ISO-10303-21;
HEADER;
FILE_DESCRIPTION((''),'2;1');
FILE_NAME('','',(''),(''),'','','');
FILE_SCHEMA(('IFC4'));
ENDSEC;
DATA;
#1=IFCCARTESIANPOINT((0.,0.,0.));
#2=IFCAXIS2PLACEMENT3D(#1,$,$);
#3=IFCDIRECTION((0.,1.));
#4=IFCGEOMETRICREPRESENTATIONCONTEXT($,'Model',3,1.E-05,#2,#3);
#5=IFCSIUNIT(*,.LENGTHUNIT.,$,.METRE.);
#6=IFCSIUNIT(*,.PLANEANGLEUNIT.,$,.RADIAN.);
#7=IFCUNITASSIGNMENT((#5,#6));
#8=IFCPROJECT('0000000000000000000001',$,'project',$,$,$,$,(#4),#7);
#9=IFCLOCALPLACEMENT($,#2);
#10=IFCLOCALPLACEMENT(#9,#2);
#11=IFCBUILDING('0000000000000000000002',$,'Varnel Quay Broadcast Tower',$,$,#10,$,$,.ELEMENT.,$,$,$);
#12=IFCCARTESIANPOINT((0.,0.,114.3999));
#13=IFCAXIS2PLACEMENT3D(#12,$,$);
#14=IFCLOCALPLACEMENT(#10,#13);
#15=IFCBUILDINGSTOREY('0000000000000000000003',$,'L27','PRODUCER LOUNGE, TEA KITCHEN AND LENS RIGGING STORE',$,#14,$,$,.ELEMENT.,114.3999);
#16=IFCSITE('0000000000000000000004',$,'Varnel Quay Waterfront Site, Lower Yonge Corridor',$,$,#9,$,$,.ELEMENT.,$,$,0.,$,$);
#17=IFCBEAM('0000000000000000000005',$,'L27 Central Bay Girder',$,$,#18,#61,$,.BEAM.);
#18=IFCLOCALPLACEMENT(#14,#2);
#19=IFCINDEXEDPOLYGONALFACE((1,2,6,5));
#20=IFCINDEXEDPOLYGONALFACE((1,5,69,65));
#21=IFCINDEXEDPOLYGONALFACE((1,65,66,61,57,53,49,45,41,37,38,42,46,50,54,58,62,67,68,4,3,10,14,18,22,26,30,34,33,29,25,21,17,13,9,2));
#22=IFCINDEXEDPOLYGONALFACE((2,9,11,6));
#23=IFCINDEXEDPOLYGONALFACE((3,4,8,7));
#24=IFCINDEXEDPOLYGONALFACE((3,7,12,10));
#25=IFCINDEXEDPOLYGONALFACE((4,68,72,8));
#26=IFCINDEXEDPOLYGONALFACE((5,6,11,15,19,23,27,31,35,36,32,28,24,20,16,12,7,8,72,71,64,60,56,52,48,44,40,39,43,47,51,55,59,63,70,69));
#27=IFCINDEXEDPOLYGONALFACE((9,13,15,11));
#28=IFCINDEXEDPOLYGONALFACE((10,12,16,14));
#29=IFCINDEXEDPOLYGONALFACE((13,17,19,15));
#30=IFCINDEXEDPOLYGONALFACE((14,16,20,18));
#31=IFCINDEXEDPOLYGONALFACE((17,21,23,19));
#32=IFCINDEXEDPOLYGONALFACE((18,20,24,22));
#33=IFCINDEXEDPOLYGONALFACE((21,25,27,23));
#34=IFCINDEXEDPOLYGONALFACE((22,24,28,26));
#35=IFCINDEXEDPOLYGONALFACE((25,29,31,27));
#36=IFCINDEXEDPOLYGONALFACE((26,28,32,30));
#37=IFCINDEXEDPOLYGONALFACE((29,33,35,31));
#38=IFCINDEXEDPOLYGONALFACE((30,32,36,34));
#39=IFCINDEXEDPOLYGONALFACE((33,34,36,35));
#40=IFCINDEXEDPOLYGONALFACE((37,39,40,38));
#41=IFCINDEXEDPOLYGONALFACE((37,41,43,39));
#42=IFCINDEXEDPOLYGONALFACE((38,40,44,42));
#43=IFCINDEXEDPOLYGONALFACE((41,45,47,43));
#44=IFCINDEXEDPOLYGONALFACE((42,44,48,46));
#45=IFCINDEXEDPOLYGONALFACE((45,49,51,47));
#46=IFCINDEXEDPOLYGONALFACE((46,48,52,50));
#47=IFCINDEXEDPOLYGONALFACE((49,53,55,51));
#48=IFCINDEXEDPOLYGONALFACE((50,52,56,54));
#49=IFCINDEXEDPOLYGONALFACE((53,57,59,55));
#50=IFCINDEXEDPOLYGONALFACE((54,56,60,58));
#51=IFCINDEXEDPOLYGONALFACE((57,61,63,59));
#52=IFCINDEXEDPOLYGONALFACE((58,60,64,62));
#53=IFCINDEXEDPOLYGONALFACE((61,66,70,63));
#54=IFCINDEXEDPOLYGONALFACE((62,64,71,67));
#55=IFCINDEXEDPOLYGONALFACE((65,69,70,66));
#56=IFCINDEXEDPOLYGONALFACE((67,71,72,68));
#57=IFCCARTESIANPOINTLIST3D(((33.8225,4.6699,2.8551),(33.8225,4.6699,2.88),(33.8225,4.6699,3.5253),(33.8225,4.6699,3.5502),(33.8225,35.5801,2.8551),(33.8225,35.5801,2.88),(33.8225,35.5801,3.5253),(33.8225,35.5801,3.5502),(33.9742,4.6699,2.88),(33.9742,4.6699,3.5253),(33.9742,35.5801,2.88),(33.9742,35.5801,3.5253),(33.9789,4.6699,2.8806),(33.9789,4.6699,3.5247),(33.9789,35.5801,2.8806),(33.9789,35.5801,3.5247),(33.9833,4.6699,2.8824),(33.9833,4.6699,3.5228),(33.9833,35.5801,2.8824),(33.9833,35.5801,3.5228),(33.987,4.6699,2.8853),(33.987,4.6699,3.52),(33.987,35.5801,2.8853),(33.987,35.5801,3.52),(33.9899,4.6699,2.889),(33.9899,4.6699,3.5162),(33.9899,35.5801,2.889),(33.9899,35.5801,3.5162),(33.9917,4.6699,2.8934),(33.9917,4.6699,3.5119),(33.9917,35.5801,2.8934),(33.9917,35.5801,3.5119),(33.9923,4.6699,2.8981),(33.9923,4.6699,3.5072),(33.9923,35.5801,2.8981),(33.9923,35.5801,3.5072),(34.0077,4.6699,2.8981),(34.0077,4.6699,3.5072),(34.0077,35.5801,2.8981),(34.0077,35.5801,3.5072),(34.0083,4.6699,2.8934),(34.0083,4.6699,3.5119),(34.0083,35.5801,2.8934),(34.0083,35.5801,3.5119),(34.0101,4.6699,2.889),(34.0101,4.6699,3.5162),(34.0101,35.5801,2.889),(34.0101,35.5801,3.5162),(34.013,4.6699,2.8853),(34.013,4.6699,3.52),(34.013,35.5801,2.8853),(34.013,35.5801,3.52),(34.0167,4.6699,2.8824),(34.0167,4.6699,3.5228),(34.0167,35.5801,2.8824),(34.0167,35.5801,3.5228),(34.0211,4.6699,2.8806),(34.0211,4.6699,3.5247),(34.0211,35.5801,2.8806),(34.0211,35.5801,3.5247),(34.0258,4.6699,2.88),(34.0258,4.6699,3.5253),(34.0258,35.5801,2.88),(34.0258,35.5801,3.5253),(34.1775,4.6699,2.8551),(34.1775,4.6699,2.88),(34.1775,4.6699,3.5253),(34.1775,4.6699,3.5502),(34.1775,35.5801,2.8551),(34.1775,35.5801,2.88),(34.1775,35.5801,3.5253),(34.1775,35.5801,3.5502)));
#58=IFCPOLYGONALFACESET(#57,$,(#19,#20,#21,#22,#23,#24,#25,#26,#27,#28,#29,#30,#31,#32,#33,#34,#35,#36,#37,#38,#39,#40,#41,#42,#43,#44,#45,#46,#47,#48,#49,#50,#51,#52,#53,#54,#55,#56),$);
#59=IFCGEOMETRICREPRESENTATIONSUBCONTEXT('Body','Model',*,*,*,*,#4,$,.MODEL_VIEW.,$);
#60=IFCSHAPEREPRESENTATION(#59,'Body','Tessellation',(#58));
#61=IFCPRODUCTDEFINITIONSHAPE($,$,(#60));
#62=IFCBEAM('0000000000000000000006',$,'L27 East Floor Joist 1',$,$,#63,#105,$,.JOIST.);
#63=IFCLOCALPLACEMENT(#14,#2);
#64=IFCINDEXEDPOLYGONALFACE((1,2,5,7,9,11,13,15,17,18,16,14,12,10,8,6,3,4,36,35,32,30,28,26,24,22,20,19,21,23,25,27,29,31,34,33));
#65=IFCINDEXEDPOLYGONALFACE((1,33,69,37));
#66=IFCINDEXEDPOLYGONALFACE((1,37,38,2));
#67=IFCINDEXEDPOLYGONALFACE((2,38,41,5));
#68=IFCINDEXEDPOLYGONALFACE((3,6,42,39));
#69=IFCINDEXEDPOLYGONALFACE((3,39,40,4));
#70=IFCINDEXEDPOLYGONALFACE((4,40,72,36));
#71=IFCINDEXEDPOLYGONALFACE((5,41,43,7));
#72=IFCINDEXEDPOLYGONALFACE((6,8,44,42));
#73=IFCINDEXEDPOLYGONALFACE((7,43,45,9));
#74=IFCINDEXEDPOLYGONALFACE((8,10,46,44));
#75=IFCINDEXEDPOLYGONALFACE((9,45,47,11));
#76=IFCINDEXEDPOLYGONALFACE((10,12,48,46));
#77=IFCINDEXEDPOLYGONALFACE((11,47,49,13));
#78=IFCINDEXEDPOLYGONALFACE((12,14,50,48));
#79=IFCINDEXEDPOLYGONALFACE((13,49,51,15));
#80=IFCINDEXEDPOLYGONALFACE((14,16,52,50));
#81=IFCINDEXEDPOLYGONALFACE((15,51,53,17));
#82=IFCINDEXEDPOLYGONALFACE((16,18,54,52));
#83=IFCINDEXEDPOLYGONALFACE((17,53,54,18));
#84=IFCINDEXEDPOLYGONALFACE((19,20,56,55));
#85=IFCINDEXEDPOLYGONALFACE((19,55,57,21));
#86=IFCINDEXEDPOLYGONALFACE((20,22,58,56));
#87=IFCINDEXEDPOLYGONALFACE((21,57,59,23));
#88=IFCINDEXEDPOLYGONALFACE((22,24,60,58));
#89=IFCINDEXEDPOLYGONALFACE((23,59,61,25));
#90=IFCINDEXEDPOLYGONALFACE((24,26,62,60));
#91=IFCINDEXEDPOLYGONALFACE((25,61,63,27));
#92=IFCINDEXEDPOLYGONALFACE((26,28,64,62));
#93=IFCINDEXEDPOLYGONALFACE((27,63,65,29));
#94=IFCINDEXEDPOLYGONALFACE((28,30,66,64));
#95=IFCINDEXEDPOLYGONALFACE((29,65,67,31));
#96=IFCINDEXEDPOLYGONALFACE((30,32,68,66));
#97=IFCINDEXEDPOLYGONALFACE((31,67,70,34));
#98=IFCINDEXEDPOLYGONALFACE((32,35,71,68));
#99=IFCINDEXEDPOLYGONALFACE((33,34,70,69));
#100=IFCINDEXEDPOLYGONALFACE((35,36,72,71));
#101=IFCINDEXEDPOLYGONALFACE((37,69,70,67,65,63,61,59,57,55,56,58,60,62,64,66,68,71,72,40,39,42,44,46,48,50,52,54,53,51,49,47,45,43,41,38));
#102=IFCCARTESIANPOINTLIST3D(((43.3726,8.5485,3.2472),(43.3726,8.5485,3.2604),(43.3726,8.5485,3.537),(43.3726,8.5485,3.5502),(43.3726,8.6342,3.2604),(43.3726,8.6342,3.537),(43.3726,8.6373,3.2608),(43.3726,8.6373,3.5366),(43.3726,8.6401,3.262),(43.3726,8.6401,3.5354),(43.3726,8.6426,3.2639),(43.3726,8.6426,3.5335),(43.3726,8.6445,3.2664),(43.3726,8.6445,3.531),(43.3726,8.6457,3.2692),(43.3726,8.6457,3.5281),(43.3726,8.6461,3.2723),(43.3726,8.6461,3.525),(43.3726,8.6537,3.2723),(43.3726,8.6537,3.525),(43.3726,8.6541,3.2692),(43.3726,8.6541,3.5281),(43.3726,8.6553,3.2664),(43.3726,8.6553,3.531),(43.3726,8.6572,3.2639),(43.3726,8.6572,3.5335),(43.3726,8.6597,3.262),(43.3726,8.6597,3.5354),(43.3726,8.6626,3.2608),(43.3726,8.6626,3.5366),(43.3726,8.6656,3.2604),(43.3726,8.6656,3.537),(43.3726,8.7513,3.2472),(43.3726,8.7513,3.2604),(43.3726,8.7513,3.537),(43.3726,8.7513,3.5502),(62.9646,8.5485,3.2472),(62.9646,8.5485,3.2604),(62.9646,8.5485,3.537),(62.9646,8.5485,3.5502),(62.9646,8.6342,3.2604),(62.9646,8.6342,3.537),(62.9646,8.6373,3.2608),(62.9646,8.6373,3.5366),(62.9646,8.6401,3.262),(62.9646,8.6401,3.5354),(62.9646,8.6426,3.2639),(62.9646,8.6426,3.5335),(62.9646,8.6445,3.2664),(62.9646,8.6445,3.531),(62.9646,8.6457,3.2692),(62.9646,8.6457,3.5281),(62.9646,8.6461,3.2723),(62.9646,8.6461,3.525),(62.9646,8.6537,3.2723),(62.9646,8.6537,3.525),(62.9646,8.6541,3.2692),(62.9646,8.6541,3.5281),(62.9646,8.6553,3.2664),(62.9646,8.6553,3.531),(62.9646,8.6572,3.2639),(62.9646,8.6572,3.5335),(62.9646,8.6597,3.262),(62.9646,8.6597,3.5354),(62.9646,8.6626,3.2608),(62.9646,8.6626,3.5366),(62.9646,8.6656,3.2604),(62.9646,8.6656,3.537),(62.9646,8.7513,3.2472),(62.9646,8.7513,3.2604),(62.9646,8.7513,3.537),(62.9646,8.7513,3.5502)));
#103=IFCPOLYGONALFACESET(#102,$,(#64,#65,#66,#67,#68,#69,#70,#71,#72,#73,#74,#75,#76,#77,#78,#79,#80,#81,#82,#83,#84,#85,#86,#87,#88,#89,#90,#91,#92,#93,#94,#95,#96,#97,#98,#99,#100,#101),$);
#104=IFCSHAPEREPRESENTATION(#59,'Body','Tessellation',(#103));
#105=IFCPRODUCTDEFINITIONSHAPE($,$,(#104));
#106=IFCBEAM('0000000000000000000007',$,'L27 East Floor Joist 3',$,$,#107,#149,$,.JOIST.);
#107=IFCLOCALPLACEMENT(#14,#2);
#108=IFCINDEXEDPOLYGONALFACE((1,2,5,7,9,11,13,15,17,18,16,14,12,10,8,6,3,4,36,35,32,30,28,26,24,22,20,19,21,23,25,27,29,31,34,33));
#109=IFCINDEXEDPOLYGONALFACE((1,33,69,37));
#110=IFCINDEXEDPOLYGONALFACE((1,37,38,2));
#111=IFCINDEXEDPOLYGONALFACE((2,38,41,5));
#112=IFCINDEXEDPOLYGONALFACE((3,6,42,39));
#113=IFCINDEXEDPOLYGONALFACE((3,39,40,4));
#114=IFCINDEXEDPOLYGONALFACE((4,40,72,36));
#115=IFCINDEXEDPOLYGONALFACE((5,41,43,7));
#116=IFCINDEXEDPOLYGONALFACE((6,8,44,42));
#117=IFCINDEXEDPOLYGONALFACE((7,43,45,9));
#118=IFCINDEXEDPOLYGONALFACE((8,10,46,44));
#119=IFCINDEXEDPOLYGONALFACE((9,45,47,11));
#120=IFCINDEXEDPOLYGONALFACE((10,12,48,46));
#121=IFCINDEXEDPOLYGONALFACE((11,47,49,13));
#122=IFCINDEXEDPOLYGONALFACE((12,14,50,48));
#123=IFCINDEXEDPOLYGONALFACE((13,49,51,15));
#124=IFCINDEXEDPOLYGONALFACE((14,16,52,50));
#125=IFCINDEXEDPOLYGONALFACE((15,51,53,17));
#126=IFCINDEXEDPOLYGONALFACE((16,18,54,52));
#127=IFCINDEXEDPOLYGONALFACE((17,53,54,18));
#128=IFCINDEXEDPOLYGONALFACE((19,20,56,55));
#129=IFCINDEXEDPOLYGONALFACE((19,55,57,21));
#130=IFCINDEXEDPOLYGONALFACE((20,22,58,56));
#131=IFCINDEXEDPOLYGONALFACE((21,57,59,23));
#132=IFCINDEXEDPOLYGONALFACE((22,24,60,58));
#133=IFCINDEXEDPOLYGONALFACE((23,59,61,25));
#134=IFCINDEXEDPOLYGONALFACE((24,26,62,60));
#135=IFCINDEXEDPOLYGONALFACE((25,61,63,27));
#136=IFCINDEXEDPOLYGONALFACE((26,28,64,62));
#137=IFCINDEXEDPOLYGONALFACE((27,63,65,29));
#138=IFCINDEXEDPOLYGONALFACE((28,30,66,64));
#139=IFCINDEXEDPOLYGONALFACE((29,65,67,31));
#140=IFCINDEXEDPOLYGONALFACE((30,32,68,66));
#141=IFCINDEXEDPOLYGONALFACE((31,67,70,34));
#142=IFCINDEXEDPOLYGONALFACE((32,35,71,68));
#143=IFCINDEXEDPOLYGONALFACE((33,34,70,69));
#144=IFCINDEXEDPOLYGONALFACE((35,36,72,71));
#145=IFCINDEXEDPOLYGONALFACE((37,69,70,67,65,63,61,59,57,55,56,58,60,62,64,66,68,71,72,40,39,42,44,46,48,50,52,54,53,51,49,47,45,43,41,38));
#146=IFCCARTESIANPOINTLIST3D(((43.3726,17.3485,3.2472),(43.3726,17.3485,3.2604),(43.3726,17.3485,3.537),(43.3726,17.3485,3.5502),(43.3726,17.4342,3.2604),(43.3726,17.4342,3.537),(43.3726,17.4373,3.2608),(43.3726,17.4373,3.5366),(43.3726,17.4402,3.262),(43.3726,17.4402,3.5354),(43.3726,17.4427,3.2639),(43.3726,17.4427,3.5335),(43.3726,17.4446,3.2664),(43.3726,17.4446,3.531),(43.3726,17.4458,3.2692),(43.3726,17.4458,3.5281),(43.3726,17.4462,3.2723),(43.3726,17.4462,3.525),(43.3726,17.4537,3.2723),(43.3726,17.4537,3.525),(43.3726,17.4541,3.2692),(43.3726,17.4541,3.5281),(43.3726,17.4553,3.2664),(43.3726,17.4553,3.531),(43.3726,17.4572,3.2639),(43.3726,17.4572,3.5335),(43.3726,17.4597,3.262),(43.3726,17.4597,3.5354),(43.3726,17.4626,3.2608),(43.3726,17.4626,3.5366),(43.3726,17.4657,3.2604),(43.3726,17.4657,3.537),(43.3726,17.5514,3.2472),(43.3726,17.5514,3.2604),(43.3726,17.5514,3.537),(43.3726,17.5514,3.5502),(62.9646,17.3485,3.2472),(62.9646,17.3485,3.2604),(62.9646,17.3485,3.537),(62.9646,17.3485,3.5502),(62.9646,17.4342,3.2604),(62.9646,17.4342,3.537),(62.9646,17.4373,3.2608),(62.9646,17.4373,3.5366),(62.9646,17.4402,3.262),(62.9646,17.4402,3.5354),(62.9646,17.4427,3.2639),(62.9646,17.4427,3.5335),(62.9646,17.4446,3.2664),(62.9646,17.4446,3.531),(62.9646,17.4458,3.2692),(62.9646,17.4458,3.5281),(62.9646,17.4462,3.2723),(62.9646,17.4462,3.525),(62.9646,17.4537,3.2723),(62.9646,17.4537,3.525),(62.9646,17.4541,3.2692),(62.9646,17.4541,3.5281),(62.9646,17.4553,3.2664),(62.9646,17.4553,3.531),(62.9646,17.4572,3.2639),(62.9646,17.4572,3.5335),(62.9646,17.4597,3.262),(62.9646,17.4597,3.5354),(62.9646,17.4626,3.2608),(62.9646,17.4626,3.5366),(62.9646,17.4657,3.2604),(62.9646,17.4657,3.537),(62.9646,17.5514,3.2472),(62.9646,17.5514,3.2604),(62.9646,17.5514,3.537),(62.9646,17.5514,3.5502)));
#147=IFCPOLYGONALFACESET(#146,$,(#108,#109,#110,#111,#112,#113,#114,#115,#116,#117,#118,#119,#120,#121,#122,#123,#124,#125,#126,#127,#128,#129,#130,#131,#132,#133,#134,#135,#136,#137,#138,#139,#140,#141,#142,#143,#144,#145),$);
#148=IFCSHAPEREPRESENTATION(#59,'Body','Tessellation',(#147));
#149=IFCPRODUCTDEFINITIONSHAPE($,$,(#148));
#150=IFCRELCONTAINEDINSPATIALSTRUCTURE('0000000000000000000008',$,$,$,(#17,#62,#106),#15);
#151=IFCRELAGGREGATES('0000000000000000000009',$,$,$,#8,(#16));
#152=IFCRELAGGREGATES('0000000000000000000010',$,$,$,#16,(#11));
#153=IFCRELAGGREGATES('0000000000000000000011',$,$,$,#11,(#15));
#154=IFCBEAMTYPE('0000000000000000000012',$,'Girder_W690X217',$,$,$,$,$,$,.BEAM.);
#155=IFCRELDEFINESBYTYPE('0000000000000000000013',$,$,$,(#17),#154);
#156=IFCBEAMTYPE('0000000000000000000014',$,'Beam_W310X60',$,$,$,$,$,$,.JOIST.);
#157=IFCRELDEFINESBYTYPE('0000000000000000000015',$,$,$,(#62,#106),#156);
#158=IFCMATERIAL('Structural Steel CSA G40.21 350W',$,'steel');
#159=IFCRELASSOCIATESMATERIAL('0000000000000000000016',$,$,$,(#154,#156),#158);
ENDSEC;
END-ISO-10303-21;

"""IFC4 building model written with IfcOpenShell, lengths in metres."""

from ifc_helpers import new_model, si_unit, direction, frame, origin, origin_2d, place, context, subcontext, project, spatial, i_section, extrude, source, transform, mapped, material, material_profile, profile_set, type_object, type_shapes, element, save


model = new_model("IFC4")

# Units and contexts
model_context = context("Model", 3, precision=1e-05, world=origin(), true_north=direction((0.0, 1.0)))
body_context = subcontext(model_context, "Body", "Model", "MODEL_VIEW")
ifc_project = project(units=[si_unit("LENGTHUNIT", "METRE"), si_unit("PLANEANGLEUNIT", "RADIAN")], contexts=[model_context])

# Site, building, storey
site_placement = place(None, origin())
site = spatial("IfcSite", under=ifc_project, at=site_placement, Name="Varnel Quay Waterfront Site, Lower Yonge Corridor", CompositionType="ELEMENT", RefElevation=0.0)
building_placement = place(site_placement, origin())
building = spatial("IfcBuilding", under=site, at=building_placement, Name="Varnel Quay Broadcast Tower", CompositionType="ELEMENT")
storey_placement = place(building_placement, frame((0.0, 0.0, 114.3999)))
storey = spatial("IfcBuildingStorey", under=building, at=storey_placement, Name="L27", Description="PRODUCER LOUNGE, TEA KITCHEN AND LENS RIGGING STORE", CompositionType="ELEMENT", Elevation=114.3999)

# Shared definitions
ifc_material_1 = material(Name="Structural Steel CSA G40.21 350W", Category="steel")

# Beams
ifc_material_profile_1 = material_profile(ifc_material_1, i_section(OverallWidth=0.355, OverallDepth=0.6951, WebThickness=0.0154, FlangeThickness=0.0249, FilletRadius=0.0181, at=origin_2d()), Name="W690X217")
ifc_profile_set_1 = profile_set([ifc_material_profile_1], Name="Structural Steel CSA G40.21 350W")
beam_type_1 = type_object("IfcBeamType", Name="Girder_W690X217", PredefinedType="BEAM", material=ifc_profile_set_1)
shared_shape_1 = source(origin(), body_context, "Body", "SweptSolid", [
    extrude(i_section(OverallWidth=0.355, OverallDepth=0.6951, WebThickness=0.0154, FlangeThickness=0.0249, FilletRadius=0.0181, at=origin_2d()), origin(), (0.0, 0.0, 1.0), 30.9102),
])
beam_1_placement = place(storey_placement, frame((34.0, 4.6699, 3.2026), z_axis=(0.0, 1.0, 0.0), x_axis=(-1.0, 0.0, 0.0)))
element("IfcBeam", 1, at=beam_1_placement, inside=storey, type_object=beam_type_1, Name="L27 Central Bay Girder", PredefinedType="BEAM", context=body_context, shape_type="MappedRepresentation", body=[
    mapped(shared_shape_1, transform((0.0, 0.0, 0.0), x_axis=(1.0, 0.0, 0.0), y_axis=(0.0, 1.0, 0.0), z_axis=(0.0, 0.0, 1.0), scale=1.0)),
])
ifc_material_profile_2 = material_profile(ifc_material_1, i_section(OverallWidth=0.2029, OverallDepth=0.303, WebThickness=0.0076, FlangeThickness=0.0132, FilletRadius=0.012, at=origin_2d()), Name="W310X60")
ifc_profile_set_2 = profile_set([ifc_material_profile_2], Name="Structural Steel CSA G40.21 350W")
beam_type_2 = type_object("IfcBeamType", Name="Beam_W310X60", PredefinedType="JOIST", material=ifc_profile_set_2)
shared_shape_2 = source(origin(), body_context, "Body", "SweptSolid", [
    extrude(i_section(OverallWidth=0.2029, OverallDepth=0.303, WebThickness=0.0076, FlangeThickness=0.0132, FilletRadius=0.012, at=origin_2d()), origin(), (0.0, 0.0, 1.0), 19.592),
])
type_shapes(beam_type_2, [shared_shape_2])
for number, where, z_axis, x_axis, name in (
    (2, (43.3726, 8.6499, 3.3987), (1.0, 0.0, 0.0), (0.0, 1.0, 0.0), "L27 East Floor Joist 1"),
    (3, (43.3726, 17.45, 3.3987), (1.0, 0.0, 0.0), (0.0, 1.0, 0.0), "L27 East Floor Joist 3"),
):
    element("IfcBeam", number, at=place(storey_placement, frame(where, z_axis=z_axis, x_axis=x_axis)), inside=storey, type_object=beam_type_2, Name=name, PredefinedType="JOIST", context=body_context, shape_type="MappedRepresentation", body=[
        mapped(shared_shape_2, transform((0.0, 0.0, 0.0), x_axis=(1.0, 0.0, 0.0), y_axis=(0.0, 1.0, 0.0), z_axis=(0.0, 0.0, 1.0), scale=1.0)),
    ])

save(model, "model.ifc")
